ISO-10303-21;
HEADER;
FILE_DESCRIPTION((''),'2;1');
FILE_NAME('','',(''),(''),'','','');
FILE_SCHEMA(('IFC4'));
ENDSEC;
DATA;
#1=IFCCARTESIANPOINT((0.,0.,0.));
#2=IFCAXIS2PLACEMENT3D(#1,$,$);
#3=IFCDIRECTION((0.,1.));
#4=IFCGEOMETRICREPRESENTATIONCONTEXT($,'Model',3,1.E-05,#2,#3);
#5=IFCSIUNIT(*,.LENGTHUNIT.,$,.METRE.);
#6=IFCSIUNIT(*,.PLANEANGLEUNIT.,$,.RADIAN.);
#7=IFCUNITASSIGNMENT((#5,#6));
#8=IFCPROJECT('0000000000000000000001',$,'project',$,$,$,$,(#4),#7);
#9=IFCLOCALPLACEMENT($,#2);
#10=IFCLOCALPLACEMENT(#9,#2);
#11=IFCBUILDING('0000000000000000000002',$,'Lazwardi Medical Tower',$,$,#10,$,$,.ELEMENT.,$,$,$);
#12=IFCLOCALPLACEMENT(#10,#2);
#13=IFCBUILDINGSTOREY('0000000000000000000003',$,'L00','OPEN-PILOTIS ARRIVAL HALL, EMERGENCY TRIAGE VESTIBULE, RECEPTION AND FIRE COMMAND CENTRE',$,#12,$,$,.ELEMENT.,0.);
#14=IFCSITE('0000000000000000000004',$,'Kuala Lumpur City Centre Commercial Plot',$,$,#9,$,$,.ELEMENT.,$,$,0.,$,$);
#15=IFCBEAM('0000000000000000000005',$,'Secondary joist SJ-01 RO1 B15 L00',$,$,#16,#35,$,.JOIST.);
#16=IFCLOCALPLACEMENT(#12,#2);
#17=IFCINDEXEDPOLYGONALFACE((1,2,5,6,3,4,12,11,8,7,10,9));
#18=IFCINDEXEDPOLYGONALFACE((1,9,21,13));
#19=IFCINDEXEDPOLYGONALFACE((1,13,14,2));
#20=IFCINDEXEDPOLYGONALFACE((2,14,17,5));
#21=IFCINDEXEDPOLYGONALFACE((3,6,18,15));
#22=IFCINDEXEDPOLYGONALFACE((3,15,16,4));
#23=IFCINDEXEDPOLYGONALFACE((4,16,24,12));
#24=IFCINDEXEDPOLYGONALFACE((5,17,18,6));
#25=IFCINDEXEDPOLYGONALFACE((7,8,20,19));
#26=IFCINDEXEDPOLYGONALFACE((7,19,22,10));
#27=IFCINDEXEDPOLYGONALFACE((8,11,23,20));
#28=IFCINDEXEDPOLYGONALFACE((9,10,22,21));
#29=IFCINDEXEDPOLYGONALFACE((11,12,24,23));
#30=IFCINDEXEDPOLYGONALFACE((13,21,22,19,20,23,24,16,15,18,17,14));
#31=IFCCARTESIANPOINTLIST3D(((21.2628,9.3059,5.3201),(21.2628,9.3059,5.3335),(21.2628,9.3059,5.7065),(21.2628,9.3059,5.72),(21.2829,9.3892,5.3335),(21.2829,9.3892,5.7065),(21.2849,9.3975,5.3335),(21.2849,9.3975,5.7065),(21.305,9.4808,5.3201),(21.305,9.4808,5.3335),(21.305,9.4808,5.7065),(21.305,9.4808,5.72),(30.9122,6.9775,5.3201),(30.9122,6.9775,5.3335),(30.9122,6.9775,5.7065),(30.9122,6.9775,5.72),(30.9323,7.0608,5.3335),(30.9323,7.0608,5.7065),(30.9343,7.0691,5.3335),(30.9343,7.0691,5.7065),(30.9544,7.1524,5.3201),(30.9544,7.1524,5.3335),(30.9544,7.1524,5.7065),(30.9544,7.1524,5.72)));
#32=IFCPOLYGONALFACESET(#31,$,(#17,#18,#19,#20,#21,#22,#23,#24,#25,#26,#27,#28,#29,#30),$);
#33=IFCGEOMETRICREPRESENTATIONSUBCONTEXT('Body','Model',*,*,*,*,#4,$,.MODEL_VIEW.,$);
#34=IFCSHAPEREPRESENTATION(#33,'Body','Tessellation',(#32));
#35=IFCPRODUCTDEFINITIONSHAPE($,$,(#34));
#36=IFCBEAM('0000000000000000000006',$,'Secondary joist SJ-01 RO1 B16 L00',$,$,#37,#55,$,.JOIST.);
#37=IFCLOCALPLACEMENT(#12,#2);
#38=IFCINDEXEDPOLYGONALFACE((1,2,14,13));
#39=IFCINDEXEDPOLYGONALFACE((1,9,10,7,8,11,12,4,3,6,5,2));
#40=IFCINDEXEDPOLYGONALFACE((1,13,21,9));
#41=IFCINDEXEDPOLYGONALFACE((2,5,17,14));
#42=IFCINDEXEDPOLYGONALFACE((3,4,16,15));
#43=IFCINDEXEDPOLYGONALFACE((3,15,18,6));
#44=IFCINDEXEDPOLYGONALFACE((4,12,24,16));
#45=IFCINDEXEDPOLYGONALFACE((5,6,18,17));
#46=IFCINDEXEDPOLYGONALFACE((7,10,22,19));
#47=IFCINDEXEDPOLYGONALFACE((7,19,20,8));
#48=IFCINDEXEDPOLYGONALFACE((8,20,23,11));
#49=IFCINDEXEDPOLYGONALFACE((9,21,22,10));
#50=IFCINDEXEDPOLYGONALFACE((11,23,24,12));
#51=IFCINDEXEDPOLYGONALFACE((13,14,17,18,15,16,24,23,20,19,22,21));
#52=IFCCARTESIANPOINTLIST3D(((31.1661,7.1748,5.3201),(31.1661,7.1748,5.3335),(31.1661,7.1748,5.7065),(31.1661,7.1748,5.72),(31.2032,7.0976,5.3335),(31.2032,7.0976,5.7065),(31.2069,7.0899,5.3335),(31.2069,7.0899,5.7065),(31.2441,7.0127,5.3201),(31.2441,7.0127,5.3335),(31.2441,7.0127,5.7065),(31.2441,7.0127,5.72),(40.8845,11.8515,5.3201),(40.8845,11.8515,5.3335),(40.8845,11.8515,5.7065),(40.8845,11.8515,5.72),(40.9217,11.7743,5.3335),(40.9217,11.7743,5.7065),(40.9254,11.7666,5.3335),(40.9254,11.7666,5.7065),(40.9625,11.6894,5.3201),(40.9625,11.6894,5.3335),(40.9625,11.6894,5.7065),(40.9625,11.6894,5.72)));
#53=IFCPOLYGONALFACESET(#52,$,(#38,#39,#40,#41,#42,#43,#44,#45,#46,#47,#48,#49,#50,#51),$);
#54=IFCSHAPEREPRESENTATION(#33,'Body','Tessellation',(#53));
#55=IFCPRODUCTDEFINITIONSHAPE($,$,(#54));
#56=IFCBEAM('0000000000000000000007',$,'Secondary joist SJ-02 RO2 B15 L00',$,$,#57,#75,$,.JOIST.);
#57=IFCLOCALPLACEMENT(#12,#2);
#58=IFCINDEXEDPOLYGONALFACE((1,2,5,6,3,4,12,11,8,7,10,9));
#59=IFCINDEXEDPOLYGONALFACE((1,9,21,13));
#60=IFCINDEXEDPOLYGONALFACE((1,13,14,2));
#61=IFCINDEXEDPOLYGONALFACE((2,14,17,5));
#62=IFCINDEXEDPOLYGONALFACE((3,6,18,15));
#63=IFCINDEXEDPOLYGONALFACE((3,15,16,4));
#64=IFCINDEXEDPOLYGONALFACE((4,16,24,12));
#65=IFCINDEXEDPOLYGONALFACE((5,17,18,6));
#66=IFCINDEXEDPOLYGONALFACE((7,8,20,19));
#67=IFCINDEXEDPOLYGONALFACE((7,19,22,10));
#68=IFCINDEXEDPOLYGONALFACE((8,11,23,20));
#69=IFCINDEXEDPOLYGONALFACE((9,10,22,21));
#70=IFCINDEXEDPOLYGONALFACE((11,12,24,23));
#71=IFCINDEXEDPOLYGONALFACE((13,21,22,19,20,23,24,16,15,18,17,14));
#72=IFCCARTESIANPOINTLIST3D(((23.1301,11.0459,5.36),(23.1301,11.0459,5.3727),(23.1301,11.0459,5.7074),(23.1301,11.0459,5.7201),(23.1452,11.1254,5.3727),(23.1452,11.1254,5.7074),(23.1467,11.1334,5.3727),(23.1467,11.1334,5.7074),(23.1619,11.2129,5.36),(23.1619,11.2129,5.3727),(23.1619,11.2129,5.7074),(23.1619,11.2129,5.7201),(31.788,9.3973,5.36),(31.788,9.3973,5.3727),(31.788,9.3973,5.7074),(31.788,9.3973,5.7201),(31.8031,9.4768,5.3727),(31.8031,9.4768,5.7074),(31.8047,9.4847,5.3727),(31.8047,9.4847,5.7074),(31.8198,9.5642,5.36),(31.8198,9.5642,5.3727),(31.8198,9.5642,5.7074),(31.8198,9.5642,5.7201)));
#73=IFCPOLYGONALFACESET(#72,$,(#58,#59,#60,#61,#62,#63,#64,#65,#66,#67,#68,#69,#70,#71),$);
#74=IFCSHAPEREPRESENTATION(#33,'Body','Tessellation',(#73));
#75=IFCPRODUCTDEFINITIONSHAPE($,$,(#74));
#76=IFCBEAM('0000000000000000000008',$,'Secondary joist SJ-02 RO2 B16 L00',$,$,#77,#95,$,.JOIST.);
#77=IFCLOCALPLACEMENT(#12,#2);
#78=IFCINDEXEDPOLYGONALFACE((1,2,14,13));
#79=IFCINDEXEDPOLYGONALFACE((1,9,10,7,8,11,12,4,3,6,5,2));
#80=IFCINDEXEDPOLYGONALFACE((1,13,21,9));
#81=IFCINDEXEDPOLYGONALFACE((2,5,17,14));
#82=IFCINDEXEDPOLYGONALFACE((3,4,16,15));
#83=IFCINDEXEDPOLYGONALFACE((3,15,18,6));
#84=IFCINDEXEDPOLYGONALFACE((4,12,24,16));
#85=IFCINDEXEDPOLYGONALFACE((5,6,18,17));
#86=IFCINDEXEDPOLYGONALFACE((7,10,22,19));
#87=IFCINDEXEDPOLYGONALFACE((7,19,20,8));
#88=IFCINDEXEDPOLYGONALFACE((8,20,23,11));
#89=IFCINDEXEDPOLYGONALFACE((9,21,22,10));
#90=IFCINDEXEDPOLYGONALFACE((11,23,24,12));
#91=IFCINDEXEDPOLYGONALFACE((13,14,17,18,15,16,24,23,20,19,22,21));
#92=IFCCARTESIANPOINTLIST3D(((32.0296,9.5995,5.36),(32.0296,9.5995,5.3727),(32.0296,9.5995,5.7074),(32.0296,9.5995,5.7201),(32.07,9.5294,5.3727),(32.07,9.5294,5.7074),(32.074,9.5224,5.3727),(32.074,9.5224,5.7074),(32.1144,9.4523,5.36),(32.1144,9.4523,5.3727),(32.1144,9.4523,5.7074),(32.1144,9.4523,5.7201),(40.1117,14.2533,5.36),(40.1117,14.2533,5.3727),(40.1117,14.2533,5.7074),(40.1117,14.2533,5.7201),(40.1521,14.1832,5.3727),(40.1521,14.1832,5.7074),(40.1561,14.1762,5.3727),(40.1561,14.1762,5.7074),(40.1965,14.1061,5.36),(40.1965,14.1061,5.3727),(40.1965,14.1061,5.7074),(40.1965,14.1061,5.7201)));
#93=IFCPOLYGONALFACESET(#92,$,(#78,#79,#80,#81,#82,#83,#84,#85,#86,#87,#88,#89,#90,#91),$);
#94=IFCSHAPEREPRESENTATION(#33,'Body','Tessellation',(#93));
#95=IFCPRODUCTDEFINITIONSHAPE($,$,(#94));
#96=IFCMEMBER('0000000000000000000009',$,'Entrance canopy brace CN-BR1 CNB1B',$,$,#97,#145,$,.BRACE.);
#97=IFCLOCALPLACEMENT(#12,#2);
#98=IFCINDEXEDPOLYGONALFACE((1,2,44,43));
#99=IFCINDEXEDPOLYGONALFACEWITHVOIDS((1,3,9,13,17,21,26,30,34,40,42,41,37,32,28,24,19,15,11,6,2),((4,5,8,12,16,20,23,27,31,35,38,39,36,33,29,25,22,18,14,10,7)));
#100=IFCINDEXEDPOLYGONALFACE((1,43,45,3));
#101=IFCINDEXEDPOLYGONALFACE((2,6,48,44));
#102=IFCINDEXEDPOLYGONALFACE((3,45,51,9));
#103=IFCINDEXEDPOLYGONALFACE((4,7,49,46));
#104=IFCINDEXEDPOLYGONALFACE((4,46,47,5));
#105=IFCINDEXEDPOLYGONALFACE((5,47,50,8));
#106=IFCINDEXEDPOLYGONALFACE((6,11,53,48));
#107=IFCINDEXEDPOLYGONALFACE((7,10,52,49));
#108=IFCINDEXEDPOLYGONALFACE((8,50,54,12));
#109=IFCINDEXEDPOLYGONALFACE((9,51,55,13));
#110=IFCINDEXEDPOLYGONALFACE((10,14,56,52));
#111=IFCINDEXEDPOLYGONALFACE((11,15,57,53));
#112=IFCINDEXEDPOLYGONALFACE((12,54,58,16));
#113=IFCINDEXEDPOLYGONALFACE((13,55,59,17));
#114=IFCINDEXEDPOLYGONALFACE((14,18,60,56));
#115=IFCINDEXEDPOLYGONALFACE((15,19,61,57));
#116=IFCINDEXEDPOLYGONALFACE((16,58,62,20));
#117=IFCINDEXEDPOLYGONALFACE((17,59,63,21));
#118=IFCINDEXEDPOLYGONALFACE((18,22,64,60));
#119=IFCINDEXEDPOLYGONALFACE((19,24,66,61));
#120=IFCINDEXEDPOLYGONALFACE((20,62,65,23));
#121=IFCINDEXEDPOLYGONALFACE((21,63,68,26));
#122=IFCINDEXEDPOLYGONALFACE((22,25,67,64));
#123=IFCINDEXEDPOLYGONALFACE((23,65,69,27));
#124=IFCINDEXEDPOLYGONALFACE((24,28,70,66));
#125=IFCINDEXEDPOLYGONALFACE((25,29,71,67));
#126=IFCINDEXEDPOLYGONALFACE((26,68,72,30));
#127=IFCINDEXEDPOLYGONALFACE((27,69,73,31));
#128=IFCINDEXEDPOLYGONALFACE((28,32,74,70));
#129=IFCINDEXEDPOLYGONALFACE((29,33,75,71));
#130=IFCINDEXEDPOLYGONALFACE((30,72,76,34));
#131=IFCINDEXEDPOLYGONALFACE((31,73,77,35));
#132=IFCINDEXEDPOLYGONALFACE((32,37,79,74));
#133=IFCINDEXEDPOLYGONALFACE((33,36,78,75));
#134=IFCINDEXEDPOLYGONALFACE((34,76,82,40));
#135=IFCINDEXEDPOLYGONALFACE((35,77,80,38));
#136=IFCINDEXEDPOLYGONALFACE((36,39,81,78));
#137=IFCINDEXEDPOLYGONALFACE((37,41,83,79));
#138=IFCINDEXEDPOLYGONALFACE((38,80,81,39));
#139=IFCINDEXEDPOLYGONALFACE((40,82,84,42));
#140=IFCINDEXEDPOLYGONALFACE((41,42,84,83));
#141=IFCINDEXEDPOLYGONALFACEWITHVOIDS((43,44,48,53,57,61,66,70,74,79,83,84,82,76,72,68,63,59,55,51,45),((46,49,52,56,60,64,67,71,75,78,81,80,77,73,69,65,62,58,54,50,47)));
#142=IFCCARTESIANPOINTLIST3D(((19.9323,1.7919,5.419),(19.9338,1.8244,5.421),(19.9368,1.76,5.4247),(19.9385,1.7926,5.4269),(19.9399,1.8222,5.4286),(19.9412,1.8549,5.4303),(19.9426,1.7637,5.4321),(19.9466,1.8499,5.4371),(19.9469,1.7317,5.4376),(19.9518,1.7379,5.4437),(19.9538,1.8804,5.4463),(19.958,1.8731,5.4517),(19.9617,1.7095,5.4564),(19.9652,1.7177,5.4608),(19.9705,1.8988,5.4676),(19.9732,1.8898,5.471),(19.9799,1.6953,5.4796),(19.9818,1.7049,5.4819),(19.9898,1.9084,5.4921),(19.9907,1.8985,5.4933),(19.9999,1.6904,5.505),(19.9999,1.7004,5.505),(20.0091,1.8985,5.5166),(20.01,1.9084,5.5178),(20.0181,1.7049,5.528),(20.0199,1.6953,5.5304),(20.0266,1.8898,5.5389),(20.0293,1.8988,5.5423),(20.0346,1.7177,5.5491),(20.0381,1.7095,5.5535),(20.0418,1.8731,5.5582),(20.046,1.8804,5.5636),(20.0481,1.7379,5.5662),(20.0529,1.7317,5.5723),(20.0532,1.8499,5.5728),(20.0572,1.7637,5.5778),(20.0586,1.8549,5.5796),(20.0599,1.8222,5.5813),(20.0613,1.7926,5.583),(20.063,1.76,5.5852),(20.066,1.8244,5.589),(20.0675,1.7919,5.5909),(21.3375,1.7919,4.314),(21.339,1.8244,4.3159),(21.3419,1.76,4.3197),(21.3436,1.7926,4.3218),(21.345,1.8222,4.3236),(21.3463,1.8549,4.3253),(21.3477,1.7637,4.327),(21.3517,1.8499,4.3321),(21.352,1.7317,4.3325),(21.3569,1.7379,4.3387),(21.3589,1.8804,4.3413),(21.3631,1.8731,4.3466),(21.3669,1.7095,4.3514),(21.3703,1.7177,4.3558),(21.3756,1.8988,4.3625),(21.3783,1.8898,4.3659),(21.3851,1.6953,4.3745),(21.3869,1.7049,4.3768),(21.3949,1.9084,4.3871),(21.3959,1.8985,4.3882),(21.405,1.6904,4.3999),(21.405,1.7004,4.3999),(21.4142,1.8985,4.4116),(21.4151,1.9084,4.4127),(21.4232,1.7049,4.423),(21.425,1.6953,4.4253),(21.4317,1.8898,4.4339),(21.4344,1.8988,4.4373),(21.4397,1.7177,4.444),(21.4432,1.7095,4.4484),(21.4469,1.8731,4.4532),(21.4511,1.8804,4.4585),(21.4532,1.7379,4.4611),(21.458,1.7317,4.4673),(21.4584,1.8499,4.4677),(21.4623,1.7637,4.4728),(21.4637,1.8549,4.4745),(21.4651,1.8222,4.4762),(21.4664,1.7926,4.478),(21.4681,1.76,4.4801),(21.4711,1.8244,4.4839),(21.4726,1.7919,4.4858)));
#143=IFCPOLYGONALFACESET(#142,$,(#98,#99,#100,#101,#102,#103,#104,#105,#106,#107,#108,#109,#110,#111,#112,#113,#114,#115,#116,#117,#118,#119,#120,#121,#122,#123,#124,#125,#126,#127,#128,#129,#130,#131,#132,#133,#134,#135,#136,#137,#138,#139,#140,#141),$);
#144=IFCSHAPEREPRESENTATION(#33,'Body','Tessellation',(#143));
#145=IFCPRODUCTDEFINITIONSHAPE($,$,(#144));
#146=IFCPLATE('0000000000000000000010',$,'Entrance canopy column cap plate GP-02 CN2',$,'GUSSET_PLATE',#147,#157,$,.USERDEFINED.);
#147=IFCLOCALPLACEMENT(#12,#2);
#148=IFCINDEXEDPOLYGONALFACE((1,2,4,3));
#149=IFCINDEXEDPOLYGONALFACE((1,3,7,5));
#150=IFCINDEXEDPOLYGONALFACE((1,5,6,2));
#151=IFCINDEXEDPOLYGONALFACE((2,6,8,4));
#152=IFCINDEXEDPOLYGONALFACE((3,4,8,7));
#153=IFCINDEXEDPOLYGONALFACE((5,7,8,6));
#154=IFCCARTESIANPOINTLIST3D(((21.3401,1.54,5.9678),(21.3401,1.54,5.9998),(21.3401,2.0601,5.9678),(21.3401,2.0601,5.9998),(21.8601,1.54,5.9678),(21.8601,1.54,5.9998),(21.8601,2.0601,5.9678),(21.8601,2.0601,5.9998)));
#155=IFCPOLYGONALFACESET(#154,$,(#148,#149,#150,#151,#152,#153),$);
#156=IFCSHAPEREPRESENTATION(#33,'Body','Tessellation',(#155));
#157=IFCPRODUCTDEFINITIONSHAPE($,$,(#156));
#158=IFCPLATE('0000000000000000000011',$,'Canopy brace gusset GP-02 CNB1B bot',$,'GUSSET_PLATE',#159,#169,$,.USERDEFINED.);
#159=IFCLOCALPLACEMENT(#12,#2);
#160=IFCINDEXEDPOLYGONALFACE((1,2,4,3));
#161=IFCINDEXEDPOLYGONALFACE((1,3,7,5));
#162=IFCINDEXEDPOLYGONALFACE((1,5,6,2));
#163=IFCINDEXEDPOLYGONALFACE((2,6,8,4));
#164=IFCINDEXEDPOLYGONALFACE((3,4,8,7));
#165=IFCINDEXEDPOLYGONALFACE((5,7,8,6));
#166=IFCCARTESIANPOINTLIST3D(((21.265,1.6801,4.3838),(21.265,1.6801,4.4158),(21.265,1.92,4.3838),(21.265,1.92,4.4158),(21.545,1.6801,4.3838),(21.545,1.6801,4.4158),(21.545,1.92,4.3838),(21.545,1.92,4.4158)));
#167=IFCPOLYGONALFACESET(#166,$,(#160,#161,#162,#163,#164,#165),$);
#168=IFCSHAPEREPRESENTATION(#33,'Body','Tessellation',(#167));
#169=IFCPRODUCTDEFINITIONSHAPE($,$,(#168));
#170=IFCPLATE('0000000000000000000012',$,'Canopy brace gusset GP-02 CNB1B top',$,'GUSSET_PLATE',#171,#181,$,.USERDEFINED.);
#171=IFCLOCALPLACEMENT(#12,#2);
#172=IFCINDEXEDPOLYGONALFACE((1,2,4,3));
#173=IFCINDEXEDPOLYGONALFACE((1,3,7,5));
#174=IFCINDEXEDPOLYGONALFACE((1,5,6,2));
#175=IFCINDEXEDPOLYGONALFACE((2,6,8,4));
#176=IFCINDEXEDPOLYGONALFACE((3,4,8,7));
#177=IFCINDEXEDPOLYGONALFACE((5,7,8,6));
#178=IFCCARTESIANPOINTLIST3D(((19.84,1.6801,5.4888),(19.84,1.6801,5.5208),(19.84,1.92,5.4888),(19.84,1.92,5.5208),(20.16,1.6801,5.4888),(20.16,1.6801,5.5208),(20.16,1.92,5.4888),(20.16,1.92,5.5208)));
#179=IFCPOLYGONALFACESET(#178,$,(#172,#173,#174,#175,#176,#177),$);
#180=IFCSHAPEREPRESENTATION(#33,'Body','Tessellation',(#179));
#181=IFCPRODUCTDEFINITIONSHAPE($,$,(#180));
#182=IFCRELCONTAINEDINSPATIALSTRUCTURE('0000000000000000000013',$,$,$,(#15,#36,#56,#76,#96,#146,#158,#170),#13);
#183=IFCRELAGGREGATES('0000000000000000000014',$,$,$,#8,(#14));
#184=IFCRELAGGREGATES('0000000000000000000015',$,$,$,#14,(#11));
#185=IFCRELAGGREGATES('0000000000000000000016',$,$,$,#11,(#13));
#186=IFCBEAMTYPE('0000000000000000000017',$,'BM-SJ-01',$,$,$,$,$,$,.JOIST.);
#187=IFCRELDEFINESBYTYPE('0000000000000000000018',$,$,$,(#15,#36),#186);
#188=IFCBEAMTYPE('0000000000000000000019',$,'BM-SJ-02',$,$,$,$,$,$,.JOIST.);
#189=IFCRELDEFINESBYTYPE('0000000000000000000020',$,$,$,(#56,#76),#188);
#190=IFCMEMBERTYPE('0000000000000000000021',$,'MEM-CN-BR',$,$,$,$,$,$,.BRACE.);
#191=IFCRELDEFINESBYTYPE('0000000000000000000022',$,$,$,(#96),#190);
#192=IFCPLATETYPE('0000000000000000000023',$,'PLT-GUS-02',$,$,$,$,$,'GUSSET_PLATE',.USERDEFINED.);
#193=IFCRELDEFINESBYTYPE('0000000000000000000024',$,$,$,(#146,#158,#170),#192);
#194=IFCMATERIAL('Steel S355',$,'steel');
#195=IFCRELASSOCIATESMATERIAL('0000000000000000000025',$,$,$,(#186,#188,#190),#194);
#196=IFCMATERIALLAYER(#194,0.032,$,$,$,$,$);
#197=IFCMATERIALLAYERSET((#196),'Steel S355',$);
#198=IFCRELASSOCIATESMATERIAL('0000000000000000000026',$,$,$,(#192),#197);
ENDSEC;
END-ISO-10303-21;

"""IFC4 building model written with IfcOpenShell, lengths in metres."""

from ifc_helpers import new_model, si_unit, direction, frame, origin, origin_2d, place, context, subcontext, project, spatial, rectangle, hollow_circle, i_section, extrude, material, layer, layer_set, material_profile, profile_set, type_object, element, save


model = new_model("IFC4")

# Units and contexts
model_context = context("Model", 3, precision=1e-05, world=origin(), true_north=direction((0.0, 1.0)))
body_context = subcontext(model_context, "Body", "Model", "MODEL_VIEW")
ifc_project = project(units=[si_unit("LENGTHUNIT", "METRE"), si_unit("PLANEANGLEUNIT", "RADIAN")], contexts=[model_context])

# Site, building, storey
site_placement = place(None, origin())
site = spatial("IfcSite", under=ifc_project, at=site_placement, Name="Kuala Lumpur City Centre Commercial Plot", CompositionType="ELEMENT", RefElevation=0.0)
building_placement = place(site_placement, origin())
building = spatial("IfcBuilding", under=site, at=building_placement, Name="Lazwardi Medical Tower", CompositionType="ELEMENT")
storey_placement = place(building_placement, origin())
storey = spatial("IfcBuildingStorey", under=building, at=storey_placement, Name="L00", Description="OPEN-PILOTIS ARRIVAL HALL, EMERGENCY TRIAGE VESTIBULE, RECEPTION AND FIRE COMMAND CENTRE", CompositionType="ELEMENT", Elevation=0.0)

# Shared definitions
ifc_material_1 = material(Name="Steel S355", Category="steel")

# Beams
ifc_material_profile_1 = material_profile(ifc_material_1, i_section(OverallWidth=0.1799, OverallDepth=0.3999, WebThickness=0.0085, FlangeThickness=0.0134, at=origin_2d()), Name="IPE 400")
ifc_profile_set_1 = profile_set([ifc_material_profile_1], Name="Steel S355")
beam_type_1 = type_object("IfcBeamType", Name="BM-SJ-01", PredefinedType="JOIST", material=ifc_profile_set_1)
beam_1_placement = place(storey_placement, frame((21.2839, 9.3933, 5.52), z_axis=(0.972101, -0.234564, 0.0), x_axis=(0.234564, 0.972101, 0.0)))
element("IfcBeam", 1, at=beam_1_placement, inside=storey, type_object=beam_type_1, Name="Secondary joist SJ-01 RO1 B15 L00", PredefinedType="JOIST", context=body_context, shape_type="SweptSolid", body=[
    extrude(i_section(OverallWidth=0.1799, OverallDepth=0.3999, WebThickness=0.0085, FlangeThickness=0.0134, at=origin_2d()), origin(), (0.0, 0.0, 1.0), 9.9263),
])
beam_2_placement = place(storey_placement, frame((31.2051, 7.0938, 5.52), z_axis=(0.901093, 0.433626, 0.0), x_axis=(-0.433626, 0.901093, 0.0)))
element("IfcBeam", 2, at=beam_2_placement, inside=storey, type_object=beam_type_1, Name="Secondary joist SJ-01 RO1 B16 L00", PredefinedType="JOIST", context=body_context, shape_type="SweptSolid", body=[
    extrude(i_section(OverallWidth=0.1799, OverallDepth=0.3999, WebThickness=0.0085, FlangeThickness=0.0134, at=origin_2d()), origin(), (0.0, 0.0, 1.0), 10.7852),
])
ifc_material_profile_2 = material_profile(ifc_material_1, i_section(OverallWidth=0.1699, OverallDepth=0.3601, WebThickness=0.0081, FlangeThickness=0.0127, at=origin_2d()), Name="IPE 360")
ifc_profile_set_2 = profile_set([ifc_material_profile_2], Name="Steel S355")
beam_type_2 = type_object("IfcBeamType", Name="BM-SJ-02", PredefinedType="JOIST", material=ifc_profile_set_2)
beam_3_placement = place(storey_placement, frame((23.146, 11.1294, 5.54), z_axis=(0.982348, -0.187062, 0.0), x_axis=(0.187062, 0.982348, 0.0)))
element("IfcBeam", 3, at=beam_3_placement, inside=storey, type_object=beam_type_2, Name="Secondary joist SJ-02 RO2 B15 L00", PredefinedType="JOIST", context=body_context, shape_type="SweptSolid", body=[
    extrude(i_section(OverallWidth=0.1699, OverallDepth=0.3601, WebThickness=0.0081, FlangeThickness=0.0127, at=origin_2d()), origin(), (0.0, 0.0, 1.0), 8.8135),
])
beam_4_placement = place(storey_placement, frame((32.072, 9.5259, 5.54), z_axis=(0.866598, 0.499006, 0.0), x_axis=(-0.499006, 0.866598, 0.0)))
element("IfcBeam", 4, at=beam_4_placement, inside=storey, type_object=beam_type_2, Name="Secondary joist SJ-02 RO2 B16 L00", PredefinedType="JOIST", context=body_context, shape_type="SweptSolid", body=[
    extrude(i_section(OverallWidth=0.1699, OverallDepth=0.3601, WebThickness=0.0081, FlangeThickness=0.0127, at=origin_2d()), origin(), (0.0, 0.0, 1.0), 9.3262),
])

# Member
ifc_material_profile_3 = material_profile(ifc_material_1, hollow_circle(Radius=0.1096, WallThickness=0.01, at=origin_2d()), Name="CHS 219.1x10")
ifc_profile_set_3 = profile_set([ifc_material_profile_3], Name="Steel S355")
member_type = type_object("IfcMemberType", Name="MEM-CN-BR", PredefinedType="BRACE", material=ifc_profile_set_3)
member_placement = place(storey_placement, frame((21.405, 1.8, 4.3999), z_axis=(-0.786039, 0.0, 0.618177), x_axis=(0.0, -1.0, 0.0)))
element("IfcMember", 5, at=member_placement, inside=storey, type_object=member_type, Name="Entrance canopy brace CN-BR1 CNB1B", PredefinedType="BRACE", context=body_context, shape_type="SweptSolid", body=[
    extrude(hollow_circle(Radius=0.1096, WallThickness=0.01, at=origin_2d()), origin(), (0.0, 0.0, 1.0), 1.7876),
])

# Plates
ifc_layer_1 = layer(ifc_material_1, 0.032)
ifc_layer_set_1 = layer_set([ifc_layer_1], Name="Steel S355")
plate_type = type_object("IfcPlateType", Name="PLT-GUS-02", ElementType="GUSSET_PLATE", PredefinedType="USERDEFINED", material=ifc_layer_set_1)
plate_1_placement = place(storey_placement, frame((21.6001, 1.8, 5.9678), z_axis=(0.0, 0.0, 1.0), x_axis=(1.0, 0.0, 0.0)))
element("IfcPlate", 6, at=plate_1_placement, inside=storey, type_object=plate_type, Name="Entrance canopy column cap plate GP-02 CN2", ObjectType="GUSSET_PLATE", PredefinedType="USERDEFINED", context=body_context, shape_type="SweptSolid", body=[
    extrude(rectangle(XDim=0.52, YDim=0.52, at=origin_2d()), origin(), (0.0, 0.0, 1.0), 0.032),
])
plate_2_placement = place(storey_placement, frame((21.405, 1.8, 4.3838), z_axis=(0.0, 0.0, 1.0), x_axis=(1.0, 0.0, 0.0)))
element("IfcPlate", 7, at=plate_2_placement, inside=storey, type_object=plate_type, Name="Canopy brace gusset GP-02 CNB1B bot", ObjectType="GUSSET_PLATE", PredefinedType="USERDEFINED", context=body_context, shape_type="SweptSolid", body=[
    extrude(rectangle(XDim=0.28, YDim=0.24, at=origin_2d()), origin(), (0.0, 0.0, 1.0), 0.032),
])
plate_3_placement = place(storey_placement, frame((20.0, 1.8, 5.4888), z_axis=(0.0, 0.0, 1.0), x_axis=(1.0, 0.0, 0.0)))
element("IfcPlate", 8, at=plate_3_placement, inside=storey, type_object=plate_type, Name="Canopy brace gusset GP-02 CNB1B top", ObjectType="GUSSET_PLATE", PredefinedType="USERDEFINED", context=body_context, shape_type="SweptSolid", body=[
    extrude(rectangle(XDim=0.3201, YDim=0.24, at=origin_2d()), origin(), (0.0, 0.0, 1.0), 0.032),
])

save(model, "model.ifc")
